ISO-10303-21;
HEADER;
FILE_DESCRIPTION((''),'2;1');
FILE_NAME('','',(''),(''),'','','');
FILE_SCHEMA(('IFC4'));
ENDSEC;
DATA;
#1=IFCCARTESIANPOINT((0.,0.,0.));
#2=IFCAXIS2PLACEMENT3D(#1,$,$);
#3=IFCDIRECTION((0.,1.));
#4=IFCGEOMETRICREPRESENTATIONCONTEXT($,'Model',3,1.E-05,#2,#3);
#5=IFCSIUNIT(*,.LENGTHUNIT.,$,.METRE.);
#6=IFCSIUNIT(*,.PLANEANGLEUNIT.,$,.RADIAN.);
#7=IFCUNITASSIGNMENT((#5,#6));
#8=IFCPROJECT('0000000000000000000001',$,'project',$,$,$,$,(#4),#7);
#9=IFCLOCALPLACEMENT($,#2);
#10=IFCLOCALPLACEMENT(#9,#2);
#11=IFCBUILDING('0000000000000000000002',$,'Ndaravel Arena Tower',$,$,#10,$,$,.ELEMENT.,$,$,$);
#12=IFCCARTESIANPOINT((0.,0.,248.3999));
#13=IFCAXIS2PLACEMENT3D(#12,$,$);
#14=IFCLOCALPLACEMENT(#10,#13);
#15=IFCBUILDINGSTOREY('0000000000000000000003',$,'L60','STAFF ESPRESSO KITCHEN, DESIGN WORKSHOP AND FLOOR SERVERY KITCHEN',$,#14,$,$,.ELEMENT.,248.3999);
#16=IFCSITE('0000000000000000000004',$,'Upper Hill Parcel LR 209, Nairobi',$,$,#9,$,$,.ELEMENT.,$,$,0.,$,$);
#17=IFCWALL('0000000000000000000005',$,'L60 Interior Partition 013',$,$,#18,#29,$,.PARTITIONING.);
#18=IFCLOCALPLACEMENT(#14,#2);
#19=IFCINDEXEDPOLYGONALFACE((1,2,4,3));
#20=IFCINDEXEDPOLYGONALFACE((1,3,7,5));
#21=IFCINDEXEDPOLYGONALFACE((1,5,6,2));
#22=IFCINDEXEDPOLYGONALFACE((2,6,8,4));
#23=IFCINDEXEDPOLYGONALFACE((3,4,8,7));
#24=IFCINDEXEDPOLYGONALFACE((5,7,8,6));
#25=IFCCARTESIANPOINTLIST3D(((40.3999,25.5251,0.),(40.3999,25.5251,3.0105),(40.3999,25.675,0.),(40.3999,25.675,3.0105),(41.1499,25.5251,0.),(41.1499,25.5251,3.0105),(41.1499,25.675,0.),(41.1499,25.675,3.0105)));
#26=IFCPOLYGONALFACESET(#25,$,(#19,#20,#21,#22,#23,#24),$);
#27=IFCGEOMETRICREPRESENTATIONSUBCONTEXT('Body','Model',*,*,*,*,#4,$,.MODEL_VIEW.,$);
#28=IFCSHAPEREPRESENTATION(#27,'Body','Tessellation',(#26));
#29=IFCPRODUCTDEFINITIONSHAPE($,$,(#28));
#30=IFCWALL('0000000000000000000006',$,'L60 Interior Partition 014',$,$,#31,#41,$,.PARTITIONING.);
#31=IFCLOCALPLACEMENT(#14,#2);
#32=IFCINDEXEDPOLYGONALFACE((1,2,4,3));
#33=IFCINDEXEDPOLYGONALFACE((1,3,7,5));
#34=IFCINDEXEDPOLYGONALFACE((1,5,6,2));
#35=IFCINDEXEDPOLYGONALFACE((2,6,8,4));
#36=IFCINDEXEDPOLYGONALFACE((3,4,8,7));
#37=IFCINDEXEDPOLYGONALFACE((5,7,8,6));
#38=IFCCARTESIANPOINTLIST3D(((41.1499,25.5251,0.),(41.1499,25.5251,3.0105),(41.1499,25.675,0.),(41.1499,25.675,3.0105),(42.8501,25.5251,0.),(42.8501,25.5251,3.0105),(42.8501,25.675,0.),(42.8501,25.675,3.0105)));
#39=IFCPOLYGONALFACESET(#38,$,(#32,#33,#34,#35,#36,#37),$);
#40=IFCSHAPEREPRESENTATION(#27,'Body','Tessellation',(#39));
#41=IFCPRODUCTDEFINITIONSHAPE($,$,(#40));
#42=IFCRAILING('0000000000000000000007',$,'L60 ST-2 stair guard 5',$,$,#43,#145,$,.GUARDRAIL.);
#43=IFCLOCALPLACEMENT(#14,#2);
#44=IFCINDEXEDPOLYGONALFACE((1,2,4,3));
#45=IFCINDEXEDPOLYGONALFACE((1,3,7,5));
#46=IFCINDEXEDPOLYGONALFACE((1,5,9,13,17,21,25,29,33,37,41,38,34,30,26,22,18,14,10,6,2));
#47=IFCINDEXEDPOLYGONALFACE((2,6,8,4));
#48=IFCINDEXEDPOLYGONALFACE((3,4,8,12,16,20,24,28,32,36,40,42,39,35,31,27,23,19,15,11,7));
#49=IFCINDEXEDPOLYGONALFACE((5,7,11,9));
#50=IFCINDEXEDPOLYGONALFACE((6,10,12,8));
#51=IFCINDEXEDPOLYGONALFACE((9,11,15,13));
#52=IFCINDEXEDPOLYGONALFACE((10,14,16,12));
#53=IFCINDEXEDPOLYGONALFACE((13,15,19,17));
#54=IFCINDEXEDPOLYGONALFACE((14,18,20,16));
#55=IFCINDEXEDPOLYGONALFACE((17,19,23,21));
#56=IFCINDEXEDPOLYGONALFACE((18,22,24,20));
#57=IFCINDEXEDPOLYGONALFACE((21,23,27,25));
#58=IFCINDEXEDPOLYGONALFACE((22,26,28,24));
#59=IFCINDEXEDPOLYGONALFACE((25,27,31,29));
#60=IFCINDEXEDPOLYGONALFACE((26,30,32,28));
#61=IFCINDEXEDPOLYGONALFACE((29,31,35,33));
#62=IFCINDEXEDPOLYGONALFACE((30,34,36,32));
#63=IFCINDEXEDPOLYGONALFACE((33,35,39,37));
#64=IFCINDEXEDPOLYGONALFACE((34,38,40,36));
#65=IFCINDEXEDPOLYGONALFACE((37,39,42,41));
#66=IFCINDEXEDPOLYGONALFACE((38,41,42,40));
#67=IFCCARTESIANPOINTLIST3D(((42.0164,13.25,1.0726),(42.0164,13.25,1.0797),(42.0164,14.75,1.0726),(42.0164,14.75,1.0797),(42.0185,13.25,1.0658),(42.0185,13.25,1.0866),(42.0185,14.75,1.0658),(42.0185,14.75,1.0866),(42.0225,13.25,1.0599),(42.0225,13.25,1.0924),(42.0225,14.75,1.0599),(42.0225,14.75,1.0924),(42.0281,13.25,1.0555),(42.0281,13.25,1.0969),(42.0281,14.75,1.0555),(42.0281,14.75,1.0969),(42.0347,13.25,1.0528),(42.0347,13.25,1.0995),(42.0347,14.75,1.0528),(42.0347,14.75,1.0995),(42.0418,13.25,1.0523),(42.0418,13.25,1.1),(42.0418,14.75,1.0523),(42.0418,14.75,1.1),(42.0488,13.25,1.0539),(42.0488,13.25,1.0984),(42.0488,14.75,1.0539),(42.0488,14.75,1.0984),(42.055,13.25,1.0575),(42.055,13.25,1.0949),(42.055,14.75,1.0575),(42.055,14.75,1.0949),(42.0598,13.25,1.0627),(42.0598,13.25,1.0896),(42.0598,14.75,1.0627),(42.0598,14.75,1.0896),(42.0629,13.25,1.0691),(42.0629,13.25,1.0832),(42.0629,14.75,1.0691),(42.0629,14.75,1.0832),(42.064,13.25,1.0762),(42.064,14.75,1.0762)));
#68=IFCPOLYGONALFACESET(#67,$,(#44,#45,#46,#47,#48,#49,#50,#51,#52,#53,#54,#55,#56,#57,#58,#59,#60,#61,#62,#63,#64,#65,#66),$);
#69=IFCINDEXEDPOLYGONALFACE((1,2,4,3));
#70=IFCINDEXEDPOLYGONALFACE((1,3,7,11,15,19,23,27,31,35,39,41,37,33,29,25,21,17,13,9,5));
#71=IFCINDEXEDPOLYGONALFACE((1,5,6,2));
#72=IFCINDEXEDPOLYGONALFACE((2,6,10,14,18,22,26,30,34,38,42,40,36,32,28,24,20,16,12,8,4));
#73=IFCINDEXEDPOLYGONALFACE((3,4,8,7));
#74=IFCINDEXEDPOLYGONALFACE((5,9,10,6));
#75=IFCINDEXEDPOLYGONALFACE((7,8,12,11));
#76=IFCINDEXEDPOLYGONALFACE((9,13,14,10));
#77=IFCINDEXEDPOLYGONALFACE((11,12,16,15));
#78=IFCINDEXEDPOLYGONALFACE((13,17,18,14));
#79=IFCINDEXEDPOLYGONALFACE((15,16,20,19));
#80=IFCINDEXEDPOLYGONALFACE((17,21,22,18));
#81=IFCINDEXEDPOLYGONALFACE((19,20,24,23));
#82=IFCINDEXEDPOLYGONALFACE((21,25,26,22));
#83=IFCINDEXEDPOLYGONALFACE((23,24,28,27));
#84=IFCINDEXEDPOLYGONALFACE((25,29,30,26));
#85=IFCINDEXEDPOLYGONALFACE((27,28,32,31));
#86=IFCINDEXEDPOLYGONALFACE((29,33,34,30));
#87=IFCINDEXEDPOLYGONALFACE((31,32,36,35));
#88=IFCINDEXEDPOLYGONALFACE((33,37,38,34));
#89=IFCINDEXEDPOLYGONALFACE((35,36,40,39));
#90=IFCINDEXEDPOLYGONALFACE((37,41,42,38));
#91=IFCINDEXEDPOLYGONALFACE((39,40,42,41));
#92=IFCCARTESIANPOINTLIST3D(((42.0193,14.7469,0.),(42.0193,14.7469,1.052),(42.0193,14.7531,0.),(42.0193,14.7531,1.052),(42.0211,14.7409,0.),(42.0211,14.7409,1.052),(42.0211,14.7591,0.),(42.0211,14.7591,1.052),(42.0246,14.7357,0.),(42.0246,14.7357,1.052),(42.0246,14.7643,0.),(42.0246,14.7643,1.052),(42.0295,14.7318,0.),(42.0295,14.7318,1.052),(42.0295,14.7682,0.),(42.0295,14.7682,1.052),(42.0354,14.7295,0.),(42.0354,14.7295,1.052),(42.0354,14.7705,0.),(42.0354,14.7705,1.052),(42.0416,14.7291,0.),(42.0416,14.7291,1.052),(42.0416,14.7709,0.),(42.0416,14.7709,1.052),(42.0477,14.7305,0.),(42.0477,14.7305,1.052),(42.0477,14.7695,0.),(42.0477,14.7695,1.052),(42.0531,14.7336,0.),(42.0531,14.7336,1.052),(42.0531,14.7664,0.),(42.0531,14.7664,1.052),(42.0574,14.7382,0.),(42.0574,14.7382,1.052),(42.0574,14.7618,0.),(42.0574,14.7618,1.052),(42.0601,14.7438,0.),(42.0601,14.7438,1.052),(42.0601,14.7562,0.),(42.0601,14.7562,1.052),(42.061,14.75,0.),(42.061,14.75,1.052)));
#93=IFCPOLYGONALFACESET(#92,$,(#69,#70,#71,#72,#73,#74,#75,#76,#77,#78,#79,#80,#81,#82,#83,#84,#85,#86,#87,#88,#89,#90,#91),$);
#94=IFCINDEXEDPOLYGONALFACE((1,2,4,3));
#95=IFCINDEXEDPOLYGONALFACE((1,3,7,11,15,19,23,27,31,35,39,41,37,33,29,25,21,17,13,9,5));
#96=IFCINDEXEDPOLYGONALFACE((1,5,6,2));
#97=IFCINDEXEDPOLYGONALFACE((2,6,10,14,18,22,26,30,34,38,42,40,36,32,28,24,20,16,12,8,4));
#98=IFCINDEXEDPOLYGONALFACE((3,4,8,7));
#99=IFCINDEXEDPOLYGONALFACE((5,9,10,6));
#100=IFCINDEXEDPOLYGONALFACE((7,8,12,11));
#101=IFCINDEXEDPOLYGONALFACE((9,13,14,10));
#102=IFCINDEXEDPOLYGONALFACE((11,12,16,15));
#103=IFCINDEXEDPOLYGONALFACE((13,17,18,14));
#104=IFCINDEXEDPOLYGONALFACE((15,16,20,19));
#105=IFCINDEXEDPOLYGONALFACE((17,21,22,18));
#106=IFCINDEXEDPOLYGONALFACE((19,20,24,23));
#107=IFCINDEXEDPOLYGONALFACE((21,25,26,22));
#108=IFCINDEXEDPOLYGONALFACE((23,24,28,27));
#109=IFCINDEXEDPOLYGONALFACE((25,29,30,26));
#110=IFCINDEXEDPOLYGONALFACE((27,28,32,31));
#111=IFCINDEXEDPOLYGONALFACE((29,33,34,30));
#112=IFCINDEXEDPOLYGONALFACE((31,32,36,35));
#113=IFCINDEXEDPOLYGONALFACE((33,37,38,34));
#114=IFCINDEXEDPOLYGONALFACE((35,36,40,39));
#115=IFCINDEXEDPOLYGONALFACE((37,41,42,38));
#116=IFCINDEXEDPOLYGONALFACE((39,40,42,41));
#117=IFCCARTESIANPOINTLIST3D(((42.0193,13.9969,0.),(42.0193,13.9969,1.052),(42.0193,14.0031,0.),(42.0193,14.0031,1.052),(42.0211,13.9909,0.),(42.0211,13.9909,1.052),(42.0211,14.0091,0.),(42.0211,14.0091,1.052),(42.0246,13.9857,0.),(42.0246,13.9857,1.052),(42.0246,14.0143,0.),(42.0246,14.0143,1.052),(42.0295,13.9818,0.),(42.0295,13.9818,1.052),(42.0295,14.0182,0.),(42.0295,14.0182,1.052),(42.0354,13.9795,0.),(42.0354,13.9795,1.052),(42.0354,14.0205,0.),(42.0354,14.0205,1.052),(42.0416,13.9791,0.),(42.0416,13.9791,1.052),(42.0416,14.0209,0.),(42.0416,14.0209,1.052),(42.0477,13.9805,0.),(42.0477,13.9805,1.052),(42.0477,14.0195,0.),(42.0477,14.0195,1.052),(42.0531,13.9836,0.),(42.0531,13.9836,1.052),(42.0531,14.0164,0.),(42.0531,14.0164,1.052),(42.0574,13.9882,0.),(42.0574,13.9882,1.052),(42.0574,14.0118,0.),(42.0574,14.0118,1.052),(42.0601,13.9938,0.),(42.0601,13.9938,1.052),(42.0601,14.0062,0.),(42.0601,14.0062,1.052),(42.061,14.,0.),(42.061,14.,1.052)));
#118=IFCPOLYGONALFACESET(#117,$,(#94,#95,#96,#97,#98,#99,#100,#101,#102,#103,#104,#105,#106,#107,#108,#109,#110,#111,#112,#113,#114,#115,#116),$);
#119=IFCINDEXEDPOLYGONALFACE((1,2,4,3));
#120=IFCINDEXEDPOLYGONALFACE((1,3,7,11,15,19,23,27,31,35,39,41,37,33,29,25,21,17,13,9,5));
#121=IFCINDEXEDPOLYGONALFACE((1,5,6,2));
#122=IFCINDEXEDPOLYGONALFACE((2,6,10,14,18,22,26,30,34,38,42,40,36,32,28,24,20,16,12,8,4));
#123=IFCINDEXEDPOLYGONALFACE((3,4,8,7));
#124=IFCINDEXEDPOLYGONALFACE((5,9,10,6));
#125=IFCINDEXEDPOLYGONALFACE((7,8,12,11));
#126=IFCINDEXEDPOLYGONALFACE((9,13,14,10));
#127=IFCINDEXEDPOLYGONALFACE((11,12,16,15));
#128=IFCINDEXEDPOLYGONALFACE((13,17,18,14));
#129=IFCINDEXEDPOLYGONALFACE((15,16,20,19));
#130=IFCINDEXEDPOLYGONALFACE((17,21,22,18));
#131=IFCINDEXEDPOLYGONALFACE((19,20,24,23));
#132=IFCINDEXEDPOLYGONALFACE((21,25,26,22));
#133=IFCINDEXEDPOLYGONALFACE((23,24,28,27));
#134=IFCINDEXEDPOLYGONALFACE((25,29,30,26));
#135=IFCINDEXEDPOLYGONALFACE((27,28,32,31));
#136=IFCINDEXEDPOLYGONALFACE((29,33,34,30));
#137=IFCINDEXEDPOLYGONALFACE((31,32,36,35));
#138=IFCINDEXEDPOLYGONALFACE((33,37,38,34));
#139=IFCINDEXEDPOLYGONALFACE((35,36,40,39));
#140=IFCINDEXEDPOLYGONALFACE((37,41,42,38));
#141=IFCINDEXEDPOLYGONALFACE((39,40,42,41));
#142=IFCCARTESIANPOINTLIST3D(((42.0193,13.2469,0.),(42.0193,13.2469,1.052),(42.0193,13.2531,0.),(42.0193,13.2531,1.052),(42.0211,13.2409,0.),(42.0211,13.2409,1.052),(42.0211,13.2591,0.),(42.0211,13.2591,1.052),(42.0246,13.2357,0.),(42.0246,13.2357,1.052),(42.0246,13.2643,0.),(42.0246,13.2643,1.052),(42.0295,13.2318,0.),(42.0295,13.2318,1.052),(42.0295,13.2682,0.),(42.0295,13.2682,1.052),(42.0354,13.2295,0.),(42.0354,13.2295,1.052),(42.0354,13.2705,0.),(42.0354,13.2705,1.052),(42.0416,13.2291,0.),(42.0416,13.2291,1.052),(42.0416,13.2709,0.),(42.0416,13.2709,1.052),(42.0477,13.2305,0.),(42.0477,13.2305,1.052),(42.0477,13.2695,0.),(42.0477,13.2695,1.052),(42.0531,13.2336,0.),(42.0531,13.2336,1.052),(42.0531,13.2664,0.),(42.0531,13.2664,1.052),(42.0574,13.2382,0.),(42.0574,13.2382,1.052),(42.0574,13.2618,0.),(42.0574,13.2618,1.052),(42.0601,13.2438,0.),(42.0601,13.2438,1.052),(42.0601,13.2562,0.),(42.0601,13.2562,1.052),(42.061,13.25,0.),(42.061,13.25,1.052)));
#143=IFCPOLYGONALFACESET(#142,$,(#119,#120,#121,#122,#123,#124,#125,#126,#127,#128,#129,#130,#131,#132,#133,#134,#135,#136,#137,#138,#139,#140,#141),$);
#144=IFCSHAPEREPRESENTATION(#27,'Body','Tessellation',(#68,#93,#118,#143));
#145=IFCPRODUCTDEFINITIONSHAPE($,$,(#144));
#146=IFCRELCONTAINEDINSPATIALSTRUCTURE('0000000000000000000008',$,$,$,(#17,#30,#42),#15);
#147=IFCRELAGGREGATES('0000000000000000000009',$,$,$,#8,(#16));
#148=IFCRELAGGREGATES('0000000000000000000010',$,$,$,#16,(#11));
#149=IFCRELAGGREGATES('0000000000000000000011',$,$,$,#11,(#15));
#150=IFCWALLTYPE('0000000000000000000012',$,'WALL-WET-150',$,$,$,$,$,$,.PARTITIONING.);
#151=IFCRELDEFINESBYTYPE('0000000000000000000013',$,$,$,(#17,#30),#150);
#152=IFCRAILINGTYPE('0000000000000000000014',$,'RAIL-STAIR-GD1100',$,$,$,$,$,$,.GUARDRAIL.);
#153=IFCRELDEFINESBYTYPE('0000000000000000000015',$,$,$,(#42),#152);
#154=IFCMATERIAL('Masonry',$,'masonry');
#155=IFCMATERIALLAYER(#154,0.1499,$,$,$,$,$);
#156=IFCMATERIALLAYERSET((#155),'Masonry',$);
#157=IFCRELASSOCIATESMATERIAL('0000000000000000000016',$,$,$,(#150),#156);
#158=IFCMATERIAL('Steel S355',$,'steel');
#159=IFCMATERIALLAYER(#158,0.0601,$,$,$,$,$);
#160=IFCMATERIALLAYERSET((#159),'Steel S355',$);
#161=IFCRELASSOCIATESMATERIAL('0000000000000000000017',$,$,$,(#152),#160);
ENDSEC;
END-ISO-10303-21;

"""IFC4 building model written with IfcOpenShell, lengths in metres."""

from ifc_helpers import new_model, si_unit, direction, frame, frame_2d, origin, origin_2d, place, context, subcontext, project, spatial, rectangle, circle, extrude, material, layer, layer_set, type_object, element, save


model = new_model("IFC4")

# Units and contexts
model_context = context("Model", 3, precision=1e-05, world=origin(), true_north=direction((0.0, 1.0)))
body_context = subcontext(model_context, "Body", "Model", "MODEL_VIEW")
ifc_project = project(units=[si_unit("LENGTHUNIT", "METRE"), si_unit("PLANEANGLEUNIT", "RADIAN")], contexts=[model_context])

# Site, building, storey
site_placement = place(None, origin())
site = spatial("IfcSite", under=ifc_project, at=site_placement, Name="Upper Hill Parcel LR 209, Nairobi", CompositionType="ELEMENT", RefElevation=0.0)
building_placement = place(site_placement, origin())
building = spatial("IfcBuilding", under=site, at=building_placement, Name="Ndaravel Arena Tower", CompositionType="ELEMENT")
storey_placement = place(building_placement, frame((0.0, 0.0, 248.3999)))
storey = spatial("IfcBuildingStorey", under=building, at=storey_placement, Name="L60", Description="STAFF ESPRESSO KITCHEN, DESIGN WORKSHOP AND FLOOR SERVERY KITCHEN", CompositionType="ELEMENT", Elevation=248.3999)

# Walls
ifc_material_1 = material(Name="Masonry", Category="masonry")
ifc_layer_1 = layer(ifc_material_1, 0.1499)
ifc_layer_set_1 = layer_set([ifc_layer_1], Name="Masonry")
wall_type_1 = type_object("IfcWallType", Name="WALL-WET-150", PredefinedType="PARTITIONING", material=ifc_layer_set_1)
wall_1_placement = place(storey_placement, frame((40.3999, 25.6001, 0.0), z_axis=(0.0, 0.0, 1.0), x_axis=(1.0, 0.0, 0.0)))
element("IfcWall", 1, at=wall_1_placement, inside=storey, type_object=wall_type_1, Name="L60 Interior Partition 013", PredefinedType="PARTITIONING", context=body_context, shape_type="SweptSolid", body=[
    extrude(rectangle(XDim=0.75, YDim=0.1499, at=frame_2d((0.375, 0.0))), origin(), (0.0, 0.0, 1.0), 3.0105),
])
wall_2_placement = place(storey_placement, frame((41.1499, 25.6001, 0.0), z_axis=(0.0, 0.0, 1.0), x_axis=(1.0, 0.0, 0.0)))
element("IfcWall", 2, at=wall_2_placement, inside=storey, type_object=wall_type_1, Name="L60 Interior Partition 014", PredefinedType="PARTITIONING", context=body_context, shape_type="SweptSolid", body=[
    extrude(rectangle(XDim=1.7002, YDim=0.1499, at=frame_2d((0.8501, 0.0))), origin(), (0.0, 0.0, 1.0), 3.0105),
])

# Railing
ifc_material_2 = material(Name="Steel S355", Category="steel")
ifc_layer_2 = layer(ifc_material_2, 0.0601)
ifc_layer_set_2 = layer_set([ifc_layer_2], Name="Steel S355")
railing_type = type_object("IfcRailingType", Name="RAIL-STAIR-GD1100", PredefinedType="GUARDRAIL", material=ifc_layer_set_2)
railing_placement = place(storey_placement, frame((42.04, 14.75, 0.0)))
element("IfcRailing", 3, at=railing_placement, inside=storey, type_object=railing_type, Name="L60 ST-2 stair guard 5", PredefinedType="GUARDRAIL", context=body_context, shape_type="SweptSolid", body=[
    extrude(circle(Radius=0.0239, at=origin_2d()), frame((0.0, 0.0, 1.0762), z_axis=(0.0, -1.0, 0.0), x_axis=(1.0, 0.0, 0.0)), (0.0, 0.0, 1.0), 1.5),
    extrude(circle(Radius=0.021, at=origin_2d()), origin(), (0.0, 0.0, 1.0), 1.052),
    extrude(circle(Radius=0.021, at=origin_2d()), frame((0.0, -0.75, 0.0)), (0.0, 0.0, 1.0), 1.052),
    extrude(circle(Radius=0.021, at=origin_2d()), frame((0.0, -1.5, 0.0)), (0.0, 0.0, 1.0), 1.052),
])

save(model, "model.ifc")
